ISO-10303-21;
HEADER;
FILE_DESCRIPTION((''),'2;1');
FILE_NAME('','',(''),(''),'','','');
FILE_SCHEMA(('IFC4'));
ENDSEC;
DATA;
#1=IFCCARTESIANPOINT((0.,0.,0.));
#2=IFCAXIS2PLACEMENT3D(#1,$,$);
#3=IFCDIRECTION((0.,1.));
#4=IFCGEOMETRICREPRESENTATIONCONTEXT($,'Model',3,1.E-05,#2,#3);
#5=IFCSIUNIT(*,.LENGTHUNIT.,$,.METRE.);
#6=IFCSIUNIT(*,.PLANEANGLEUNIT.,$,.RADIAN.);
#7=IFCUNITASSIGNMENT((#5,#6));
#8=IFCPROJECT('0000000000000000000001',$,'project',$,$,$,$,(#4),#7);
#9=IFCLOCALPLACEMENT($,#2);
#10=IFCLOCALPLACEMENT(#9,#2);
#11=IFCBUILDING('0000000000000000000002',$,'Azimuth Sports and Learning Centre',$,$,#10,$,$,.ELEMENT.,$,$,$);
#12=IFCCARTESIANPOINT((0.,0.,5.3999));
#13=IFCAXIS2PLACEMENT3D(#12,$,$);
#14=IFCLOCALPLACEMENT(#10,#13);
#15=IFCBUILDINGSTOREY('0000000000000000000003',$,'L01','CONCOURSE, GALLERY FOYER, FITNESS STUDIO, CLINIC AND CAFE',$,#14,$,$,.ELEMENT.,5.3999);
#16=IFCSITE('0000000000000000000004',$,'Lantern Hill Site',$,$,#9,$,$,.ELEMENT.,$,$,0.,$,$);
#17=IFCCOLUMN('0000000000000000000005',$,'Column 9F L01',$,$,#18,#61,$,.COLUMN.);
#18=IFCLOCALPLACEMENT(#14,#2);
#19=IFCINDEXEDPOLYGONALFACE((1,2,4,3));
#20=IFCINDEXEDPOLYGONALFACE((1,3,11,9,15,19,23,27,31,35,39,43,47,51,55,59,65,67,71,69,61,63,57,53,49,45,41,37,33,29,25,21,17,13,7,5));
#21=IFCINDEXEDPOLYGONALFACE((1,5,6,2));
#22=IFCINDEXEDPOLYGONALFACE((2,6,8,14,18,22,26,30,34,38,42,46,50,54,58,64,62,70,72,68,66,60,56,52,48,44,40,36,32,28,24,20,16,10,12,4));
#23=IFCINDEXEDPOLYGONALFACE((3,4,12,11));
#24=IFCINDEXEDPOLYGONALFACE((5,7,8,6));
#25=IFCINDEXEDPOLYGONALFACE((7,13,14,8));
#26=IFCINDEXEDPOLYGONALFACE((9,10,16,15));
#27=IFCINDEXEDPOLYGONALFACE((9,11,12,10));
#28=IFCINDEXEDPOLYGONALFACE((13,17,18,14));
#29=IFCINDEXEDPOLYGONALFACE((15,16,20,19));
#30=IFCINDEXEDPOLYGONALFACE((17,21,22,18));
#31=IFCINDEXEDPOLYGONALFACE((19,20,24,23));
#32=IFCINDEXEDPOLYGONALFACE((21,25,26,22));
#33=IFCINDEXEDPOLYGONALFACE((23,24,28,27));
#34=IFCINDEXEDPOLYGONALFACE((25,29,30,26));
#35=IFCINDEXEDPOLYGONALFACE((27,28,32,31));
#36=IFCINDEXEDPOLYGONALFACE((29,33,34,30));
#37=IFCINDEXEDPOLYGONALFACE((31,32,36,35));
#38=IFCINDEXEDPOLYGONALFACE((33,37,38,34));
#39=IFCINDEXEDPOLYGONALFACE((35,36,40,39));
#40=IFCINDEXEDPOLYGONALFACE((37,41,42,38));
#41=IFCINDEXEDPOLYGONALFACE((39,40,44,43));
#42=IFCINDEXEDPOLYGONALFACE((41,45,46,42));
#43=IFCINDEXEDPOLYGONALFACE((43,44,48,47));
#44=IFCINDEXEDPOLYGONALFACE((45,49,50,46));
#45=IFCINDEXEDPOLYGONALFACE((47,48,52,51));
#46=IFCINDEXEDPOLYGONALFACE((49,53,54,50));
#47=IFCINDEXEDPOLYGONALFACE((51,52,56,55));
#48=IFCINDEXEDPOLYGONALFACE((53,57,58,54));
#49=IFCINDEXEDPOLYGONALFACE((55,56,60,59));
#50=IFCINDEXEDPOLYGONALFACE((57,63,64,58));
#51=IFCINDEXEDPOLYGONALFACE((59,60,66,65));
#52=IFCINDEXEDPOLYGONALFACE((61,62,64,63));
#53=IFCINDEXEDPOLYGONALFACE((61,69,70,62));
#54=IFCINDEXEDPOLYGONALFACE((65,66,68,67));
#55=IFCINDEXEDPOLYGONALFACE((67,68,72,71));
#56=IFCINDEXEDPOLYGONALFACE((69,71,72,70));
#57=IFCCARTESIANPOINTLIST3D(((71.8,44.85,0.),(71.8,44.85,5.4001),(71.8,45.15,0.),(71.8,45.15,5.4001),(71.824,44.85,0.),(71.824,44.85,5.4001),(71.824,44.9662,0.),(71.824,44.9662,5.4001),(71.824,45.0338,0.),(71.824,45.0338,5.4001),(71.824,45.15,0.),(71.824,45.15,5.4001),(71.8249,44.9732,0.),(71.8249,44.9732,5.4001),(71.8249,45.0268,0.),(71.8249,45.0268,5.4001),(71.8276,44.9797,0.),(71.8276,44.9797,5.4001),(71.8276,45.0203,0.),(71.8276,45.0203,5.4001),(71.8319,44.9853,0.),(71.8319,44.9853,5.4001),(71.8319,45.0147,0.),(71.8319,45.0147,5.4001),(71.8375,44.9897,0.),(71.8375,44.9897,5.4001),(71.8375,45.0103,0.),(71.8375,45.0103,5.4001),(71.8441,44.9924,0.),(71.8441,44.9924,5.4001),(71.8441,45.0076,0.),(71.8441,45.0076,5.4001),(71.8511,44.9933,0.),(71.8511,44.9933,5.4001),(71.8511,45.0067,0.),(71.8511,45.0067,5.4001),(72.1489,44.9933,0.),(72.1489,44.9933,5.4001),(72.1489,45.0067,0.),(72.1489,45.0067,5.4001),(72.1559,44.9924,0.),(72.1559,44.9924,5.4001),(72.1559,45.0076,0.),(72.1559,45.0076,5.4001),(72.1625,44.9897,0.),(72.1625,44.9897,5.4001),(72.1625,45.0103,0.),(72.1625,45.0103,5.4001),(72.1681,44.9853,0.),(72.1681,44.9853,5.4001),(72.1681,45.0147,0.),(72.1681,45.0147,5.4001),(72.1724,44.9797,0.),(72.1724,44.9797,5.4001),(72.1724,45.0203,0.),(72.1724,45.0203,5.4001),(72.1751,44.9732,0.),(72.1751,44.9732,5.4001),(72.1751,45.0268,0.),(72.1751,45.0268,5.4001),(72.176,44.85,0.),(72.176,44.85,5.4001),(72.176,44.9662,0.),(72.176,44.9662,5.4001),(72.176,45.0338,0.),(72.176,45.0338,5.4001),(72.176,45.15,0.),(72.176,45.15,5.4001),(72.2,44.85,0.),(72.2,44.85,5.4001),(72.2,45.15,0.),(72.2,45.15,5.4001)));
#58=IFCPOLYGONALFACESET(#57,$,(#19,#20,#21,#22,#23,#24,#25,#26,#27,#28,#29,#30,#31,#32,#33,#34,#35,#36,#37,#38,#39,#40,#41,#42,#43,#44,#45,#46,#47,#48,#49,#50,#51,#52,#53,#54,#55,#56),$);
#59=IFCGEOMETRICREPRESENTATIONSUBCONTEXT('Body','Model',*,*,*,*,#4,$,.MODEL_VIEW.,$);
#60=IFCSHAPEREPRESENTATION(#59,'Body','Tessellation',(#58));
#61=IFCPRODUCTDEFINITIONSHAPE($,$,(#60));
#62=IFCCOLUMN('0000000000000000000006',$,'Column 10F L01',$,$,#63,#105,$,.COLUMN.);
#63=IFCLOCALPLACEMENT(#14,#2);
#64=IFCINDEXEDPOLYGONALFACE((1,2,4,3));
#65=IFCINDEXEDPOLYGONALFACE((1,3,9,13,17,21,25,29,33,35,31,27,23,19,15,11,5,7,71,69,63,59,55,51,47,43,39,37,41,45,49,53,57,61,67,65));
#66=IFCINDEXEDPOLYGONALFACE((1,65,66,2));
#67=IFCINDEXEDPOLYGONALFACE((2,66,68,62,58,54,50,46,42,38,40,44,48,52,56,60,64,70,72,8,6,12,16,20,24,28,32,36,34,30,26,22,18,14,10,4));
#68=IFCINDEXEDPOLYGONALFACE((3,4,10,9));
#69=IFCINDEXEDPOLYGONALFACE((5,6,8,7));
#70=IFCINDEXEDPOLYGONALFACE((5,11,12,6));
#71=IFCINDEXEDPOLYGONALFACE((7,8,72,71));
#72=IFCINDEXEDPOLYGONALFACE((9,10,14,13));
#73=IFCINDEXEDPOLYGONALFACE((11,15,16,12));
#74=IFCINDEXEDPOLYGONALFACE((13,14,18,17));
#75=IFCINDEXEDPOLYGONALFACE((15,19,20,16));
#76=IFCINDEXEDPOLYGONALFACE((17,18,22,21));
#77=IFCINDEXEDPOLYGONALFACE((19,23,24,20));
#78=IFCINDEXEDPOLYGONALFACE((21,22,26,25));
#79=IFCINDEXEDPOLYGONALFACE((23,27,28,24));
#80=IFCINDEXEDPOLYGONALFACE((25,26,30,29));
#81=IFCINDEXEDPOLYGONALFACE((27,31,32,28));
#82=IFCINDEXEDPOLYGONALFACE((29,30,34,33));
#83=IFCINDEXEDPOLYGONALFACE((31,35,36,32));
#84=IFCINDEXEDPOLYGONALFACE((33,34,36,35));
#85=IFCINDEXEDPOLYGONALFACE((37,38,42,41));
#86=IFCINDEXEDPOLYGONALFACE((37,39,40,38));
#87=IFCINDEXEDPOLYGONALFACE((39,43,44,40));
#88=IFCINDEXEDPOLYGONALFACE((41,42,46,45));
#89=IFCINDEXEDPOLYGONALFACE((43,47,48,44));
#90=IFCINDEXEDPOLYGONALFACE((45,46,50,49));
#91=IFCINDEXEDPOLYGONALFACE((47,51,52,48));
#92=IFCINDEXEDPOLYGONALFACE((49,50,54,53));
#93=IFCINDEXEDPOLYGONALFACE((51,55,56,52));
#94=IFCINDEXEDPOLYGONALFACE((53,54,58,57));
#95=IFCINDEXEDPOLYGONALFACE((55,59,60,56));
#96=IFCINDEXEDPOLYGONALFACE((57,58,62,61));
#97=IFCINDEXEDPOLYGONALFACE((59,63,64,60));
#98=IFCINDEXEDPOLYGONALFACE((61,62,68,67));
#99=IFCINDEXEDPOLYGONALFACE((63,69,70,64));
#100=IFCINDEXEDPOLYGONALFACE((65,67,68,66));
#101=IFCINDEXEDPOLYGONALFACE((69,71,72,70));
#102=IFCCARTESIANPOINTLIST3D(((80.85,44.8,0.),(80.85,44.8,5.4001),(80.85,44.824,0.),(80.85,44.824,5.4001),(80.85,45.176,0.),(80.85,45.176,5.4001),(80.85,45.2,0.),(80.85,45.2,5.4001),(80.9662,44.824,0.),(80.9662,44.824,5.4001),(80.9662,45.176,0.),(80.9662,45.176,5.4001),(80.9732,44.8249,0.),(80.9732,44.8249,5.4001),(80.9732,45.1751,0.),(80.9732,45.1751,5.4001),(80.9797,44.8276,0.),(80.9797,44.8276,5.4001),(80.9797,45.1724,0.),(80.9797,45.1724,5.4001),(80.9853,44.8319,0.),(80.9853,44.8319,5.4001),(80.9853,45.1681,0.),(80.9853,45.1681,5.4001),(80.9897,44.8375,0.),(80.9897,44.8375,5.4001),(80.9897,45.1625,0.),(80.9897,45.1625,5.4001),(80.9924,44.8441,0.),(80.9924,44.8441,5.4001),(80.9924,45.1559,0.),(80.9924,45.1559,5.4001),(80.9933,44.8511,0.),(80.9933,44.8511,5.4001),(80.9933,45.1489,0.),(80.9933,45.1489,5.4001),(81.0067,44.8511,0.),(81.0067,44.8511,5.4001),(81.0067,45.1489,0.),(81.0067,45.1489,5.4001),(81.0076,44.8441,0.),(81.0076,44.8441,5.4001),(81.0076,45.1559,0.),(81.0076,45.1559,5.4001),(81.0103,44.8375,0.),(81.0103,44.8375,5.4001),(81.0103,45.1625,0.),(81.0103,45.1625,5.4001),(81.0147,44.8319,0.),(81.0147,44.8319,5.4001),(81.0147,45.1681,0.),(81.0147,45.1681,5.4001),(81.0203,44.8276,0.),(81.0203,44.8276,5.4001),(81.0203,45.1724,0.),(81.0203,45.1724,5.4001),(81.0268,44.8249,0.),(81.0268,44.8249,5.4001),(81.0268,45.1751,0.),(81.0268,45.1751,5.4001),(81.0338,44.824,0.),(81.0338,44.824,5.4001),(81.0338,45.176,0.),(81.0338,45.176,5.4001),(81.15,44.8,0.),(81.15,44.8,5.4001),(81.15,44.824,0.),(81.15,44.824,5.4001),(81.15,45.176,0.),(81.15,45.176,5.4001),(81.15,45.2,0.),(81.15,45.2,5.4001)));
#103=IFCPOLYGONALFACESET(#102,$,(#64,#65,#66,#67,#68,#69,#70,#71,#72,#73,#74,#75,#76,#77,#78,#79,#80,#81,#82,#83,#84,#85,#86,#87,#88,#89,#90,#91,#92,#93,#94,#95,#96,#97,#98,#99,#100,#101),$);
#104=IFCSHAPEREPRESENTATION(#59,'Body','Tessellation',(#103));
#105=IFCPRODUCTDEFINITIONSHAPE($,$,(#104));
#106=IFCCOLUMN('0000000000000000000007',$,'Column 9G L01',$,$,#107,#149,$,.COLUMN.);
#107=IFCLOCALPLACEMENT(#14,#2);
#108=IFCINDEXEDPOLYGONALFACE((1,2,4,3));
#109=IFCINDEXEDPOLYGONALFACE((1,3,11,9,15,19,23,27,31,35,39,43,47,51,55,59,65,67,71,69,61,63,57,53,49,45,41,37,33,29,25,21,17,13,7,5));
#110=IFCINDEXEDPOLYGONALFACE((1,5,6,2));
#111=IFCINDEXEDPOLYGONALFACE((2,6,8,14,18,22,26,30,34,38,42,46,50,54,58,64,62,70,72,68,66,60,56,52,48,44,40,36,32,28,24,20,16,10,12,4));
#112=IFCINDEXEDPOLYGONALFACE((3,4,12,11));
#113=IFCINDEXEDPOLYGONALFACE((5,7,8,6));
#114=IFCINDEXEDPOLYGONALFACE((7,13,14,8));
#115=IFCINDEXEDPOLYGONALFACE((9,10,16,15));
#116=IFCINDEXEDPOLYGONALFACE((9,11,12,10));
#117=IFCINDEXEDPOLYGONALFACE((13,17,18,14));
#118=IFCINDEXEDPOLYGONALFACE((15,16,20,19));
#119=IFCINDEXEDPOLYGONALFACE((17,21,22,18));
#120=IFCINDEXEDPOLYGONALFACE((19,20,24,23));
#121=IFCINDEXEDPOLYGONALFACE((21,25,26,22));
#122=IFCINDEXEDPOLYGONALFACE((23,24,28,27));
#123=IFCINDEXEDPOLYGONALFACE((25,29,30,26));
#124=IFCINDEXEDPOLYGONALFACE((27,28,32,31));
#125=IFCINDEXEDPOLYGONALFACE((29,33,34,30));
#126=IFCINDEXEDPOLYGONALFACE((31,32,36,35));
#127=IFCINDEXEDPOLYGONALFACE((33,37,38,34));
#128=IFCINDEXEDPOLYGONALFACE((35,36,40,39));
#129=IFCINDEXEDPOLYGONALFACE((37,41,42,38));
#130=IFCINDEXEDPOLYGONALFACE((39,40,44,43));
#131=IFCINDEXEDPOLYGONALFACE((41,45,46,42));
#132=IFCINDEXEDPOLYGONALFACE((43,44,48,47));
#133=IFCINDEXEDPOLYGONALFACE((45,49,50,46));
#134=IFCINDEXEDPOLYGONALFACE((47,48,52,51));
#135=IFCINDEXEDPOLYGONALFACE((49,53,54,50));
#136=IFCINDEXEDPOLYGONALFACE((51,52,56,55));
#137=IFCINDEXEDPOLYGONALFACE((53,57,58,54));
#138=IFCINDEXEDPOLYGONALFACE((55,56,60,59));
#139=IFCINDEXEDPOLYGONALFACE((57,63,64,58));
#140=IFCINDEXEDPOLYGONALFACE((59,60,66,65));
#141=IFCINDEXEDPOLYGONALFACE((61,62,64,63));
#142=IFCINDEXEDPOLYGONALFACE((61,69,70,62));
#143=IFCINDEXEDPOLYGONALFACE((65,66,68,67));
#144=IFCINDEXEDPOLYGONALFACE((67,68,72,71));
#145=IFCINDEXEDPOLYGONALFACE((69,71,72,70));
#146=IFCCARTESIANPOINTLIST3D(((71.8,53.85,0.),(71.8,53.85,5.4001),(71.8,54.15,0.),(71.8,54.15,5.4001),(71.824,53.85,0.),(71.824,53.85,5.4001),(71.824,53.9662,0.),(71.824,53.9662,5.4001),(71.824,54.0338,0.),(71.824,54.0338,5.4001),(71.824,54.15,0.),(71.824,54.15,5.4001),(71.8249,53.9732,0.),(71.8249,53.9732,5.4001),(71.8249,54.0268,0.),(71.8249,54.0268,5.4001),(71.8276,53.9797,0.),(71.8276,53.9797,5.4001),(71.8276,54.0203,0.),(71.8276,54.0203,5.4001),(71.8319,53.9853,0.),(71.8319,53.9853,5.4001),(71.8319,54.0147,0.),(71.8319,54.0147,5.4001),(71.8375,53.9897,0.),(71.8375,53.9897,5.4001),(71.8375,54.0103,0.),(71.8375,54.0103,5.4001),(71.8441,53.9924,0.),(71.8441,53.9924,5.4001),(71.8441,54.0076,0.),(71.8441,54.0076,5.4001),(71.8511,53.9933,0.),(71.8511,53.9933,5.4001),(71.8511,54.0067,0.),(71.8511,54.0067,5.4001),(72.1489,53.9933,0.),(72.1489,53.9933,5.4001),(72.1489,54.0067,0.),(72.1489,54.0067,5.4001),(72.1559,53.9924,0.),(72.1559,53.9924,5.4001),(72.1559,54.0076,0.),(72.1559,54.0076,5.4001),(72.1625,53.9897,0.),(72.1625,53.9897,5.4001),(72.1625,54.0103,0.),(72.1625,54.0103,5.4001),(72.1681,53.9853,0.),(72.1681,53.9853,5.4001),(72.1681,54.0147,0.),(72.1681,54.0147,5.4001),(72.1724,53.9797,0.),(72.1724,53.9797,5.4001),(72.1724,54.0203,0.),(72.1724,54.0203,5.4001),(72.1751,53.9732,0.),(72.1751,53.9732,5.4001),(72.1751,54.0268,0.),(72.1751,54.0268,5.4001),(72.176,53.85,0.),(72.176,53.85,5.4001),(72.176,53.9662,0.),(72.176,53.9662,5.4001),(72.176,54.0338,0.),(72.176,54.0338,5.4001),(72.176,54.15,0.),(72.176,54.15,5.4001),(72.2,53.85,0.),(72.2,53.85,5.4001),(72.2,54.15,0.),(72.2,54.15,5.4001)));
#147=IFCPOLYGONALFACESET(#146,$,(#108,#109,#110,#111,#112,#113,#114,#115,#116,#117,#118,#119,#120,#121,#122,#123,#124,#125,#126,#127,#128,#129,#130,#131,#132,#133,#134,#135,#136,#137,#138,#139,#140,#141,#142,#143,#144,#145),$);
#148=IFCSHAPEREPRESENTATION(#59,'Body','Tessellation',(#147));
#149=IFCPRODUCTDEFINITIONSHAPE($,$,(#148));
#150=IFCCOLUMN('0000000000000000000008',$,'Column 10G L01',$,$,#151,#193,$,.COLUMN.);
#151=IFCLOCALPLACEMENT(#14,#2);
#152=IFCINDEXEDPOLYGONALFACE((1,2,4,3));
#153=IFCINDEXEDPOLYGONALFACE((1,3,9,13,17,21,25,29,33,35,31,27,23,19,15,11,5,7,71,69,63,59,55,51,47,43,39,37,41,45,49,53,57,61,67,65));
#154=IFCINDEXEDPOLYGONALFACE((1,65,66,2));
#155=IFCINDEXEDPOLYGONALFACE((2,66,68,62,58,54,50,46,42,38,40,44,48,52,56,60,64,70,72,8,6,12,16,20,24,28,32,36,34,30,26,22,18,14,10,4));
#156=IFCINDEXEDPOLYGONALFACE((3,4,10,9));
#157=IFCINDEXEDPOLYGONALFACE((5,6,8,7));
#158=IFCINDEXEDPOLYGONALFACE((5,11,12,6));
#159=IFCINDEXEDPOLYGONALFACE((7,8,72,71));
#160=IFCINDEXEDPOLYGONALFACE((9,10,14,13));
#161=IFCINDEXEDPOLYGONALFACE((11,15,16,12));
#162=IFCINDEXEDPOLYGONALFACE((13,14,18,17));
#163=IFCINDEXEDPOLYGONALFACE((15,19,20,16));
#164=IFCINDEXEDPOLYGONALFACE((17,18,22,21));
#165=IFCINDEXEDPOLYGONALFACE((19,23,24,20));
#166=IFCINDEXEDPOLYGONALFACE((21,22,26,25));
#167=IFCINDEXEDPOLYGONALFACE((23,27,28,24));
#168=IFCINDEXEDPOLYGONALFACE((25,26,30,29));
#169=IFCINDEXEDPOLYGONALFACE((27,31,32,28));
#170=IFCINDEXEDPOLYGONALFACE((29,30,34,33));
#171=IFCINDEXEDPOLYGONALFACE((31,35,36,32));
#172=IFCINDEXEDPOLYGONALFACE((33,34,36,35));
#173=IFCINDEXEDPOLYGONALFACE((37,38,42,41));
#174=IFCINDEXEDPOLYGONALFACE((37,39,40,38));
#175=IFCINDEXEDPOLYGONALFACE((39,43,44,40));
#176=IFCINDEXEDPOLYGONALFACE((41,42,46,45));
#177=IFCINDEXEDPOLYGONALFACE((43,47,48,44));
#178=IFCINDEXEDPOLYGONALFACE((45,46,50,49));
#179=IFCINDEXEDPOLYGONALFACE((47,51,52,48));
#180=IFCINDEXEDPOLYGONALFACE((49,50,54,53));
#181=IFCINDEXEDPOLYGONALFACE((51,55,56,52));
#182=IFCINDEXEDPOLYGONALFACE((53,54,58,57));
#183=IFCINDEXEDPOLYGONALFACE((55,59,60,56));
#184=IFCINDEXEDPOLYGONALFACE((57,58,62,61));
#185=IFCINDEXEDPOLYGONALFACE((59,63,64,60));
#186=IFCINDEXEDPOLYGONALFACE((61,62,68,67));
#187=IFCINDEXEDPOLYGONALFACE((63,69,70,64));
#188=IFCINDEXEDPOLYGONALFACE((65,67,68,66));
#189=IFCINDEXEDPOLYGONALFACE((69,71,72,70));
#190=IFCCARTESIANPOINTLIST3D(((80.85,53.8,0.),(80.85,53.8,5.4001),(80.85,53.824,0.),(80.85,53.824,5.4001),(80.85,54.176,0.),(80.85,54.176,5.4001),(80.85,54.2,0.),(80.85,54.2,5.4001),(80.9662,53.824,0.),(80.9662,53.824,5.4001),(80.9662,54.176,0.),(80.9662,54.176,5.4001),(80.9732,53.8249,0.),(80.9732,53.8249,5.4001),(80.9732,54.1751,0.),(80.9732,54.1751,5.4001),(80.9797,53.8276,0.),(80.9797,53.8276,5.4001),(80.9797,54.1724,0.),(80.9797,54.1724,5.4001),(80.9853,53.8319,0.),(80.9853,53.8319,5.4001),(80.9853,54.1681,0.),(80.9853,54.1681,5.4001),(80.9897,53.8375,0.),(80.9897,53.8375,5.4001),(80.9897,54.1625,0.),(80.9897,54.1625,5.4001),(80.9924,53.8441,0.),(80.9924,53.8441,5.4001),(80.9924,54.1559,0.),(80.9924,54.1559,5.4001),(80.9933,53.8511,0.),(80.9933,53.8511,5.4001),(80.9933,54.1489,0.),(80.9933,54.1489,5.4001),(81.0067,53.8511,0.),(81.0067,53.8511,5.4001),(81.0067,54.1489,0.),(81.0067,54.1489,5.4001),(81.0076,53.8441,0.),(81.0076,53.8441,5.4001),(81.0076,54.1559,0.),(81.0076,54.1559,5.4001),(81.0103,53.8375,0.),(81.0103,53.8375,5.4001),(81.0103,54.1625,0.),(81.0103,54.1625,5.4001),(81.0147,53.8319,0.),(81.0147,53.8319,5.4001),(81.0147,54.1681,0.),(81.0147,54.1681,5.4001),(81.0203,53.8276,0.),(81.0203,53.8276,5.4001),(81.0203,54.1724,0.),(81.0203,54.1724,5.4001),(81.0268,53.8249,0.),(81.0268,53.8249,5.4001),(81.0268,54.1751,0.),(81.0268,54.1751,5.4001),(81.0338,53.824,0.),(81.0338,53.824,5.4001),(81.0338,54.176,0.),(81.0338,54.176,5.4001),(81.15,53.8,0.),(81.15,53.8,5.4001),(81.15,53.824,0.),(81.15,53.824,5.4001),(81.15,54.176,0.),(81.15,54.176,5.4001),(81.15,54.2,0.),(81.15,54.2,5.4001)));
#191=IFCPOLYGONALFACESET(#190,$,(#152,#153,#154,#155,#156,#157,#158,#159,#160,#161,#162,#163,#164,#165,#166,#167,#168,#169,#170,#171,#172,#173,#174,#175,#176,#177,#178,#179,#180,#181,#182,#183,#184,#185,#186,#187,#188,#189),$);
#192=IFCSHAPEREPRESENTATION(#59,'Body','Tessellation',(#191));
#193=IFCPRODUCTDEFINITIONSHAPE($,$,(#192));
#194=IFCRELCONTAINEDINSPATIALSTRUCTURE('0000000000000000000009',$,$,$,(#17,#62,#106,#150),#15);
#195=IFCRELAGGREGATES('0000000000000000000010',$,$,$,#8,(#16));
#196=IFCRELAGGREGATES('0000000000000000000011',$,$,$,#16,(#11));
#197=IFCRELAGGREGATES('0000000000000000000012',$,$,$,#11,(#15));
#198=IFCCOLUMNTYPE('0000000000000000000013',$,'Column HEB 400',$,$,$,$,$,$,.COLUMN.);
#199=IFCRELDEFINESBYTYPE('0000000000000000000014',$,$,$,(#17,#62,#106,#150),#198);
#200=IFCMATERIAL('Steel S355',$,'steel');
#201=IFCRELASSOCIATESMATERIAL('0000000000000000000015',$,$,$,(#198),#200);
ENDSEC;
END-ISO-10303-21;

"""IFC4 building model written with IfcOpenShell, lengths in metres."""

from ifc_helpers import new_model, si_unit, direction, frame, origin, origin_2d, place, context, subcontext, project, spatial, i_section, extrude, material, material_profile, profile_set, type_object, element, save


model = new_model("IFC4")

# Units and contexts
model_context = context("Model", 3, precision=1e-05, world=origin(), true_north=direction((0.0, 1.0)))
body_context = subcontext(model_context, "Body", "Model", "MODEL_VIEW")
ifc_project = project(units=[si_unit("LENGTHUNIT", "METRE"), si_unit("PLANEANGLEUNIT", "RADIAN")], contexts=[model_context])

# Site, building, storey
site_placement = place(None, origin())
site = spatial("IfcSite", under=ifc_project, at=site_placement, Name="Lantern Hill Site", CompositionType="ELEMENT", RefElevation=0.0)
building_placement = place(site_placement, origin())
building = spatial("IfcBuilding", under=site, at=building_placement, Name="Azimuth Sports and Learning Centre", CompositionType="ELEMENT")
storey_placement = place(building_placement, frame((0.0, 0.0, 5.3999)))
storey = spatial("IfcBuildingStorey", under=building, at=storey_placement, Name="L01", Description="CONCOURSE, GALLERY FOYER, FITNESS STUDIO, CLINIC AND CAFE", CompositionType="ELEMENT", Elevation=5.3999)

# Columns
ifc_material_1 = material(Name="Steel S355", Category="steel")
ifc_material_profile_1 = material_profile(ifc_material_1, i_section(OverallWidth=0.3, OverallDepth=0.3999, WebThickness=0.0134, FlangeThickness=0.0239, FilletRadius=0.0271, at=origin_2d()), Name="HEB 400")
ifc_profile_set_1 = profile_set([ifc_material_profile_1], Name="Steel S355")
column_type = type_object("IfcColumnType", Name="Column HEB 400", PredefinedType="COLUMN", material=ifc_profile_set_1)
for number, where, z_axis, x_axis, name in (
    (1, (72.0, 45.0, 0.0), (0.0, 0.0, 1.0), (0.0, 1.0, 0.0), "Column 9F L01"),
    (2, (81.0, 45.0, 0.0), (0.0, 0.0, 1.0), (1.0, 0.0, 0.0), "Column 10F L01"),
    (3, (72.0, 54.0, 0.0), (0.0, 0.0, 1.0), (0.0, 1.0, 0.0), "Column 9G L01"),
    (4, (81.0, 54.0, 0.0), (0.0, 0.0, 1.0), (1.0, 0.0, 0.0), "Column 10G L01"),
):
    element("IfcColumn", number, at=place(storey_placement, frame(where, z_axis=z_axis, x_axis=x_axis)), inside=storey, type_object=column_type, Name=name, PredefinedType="COLUMN", context=body_context, shape_type="SweptSolid", body=[
        extrude(i_section(OverallWidth=0.3, OverallDepth=0.3999, WebThickness=0.0134, FlangeThickness=0.0239, FilletRadius=0.0271, at=origin_2d()), origin(), (0.0, 0.0, 1.0), 5.4001),
    ])

save(model, "model.ifc")
